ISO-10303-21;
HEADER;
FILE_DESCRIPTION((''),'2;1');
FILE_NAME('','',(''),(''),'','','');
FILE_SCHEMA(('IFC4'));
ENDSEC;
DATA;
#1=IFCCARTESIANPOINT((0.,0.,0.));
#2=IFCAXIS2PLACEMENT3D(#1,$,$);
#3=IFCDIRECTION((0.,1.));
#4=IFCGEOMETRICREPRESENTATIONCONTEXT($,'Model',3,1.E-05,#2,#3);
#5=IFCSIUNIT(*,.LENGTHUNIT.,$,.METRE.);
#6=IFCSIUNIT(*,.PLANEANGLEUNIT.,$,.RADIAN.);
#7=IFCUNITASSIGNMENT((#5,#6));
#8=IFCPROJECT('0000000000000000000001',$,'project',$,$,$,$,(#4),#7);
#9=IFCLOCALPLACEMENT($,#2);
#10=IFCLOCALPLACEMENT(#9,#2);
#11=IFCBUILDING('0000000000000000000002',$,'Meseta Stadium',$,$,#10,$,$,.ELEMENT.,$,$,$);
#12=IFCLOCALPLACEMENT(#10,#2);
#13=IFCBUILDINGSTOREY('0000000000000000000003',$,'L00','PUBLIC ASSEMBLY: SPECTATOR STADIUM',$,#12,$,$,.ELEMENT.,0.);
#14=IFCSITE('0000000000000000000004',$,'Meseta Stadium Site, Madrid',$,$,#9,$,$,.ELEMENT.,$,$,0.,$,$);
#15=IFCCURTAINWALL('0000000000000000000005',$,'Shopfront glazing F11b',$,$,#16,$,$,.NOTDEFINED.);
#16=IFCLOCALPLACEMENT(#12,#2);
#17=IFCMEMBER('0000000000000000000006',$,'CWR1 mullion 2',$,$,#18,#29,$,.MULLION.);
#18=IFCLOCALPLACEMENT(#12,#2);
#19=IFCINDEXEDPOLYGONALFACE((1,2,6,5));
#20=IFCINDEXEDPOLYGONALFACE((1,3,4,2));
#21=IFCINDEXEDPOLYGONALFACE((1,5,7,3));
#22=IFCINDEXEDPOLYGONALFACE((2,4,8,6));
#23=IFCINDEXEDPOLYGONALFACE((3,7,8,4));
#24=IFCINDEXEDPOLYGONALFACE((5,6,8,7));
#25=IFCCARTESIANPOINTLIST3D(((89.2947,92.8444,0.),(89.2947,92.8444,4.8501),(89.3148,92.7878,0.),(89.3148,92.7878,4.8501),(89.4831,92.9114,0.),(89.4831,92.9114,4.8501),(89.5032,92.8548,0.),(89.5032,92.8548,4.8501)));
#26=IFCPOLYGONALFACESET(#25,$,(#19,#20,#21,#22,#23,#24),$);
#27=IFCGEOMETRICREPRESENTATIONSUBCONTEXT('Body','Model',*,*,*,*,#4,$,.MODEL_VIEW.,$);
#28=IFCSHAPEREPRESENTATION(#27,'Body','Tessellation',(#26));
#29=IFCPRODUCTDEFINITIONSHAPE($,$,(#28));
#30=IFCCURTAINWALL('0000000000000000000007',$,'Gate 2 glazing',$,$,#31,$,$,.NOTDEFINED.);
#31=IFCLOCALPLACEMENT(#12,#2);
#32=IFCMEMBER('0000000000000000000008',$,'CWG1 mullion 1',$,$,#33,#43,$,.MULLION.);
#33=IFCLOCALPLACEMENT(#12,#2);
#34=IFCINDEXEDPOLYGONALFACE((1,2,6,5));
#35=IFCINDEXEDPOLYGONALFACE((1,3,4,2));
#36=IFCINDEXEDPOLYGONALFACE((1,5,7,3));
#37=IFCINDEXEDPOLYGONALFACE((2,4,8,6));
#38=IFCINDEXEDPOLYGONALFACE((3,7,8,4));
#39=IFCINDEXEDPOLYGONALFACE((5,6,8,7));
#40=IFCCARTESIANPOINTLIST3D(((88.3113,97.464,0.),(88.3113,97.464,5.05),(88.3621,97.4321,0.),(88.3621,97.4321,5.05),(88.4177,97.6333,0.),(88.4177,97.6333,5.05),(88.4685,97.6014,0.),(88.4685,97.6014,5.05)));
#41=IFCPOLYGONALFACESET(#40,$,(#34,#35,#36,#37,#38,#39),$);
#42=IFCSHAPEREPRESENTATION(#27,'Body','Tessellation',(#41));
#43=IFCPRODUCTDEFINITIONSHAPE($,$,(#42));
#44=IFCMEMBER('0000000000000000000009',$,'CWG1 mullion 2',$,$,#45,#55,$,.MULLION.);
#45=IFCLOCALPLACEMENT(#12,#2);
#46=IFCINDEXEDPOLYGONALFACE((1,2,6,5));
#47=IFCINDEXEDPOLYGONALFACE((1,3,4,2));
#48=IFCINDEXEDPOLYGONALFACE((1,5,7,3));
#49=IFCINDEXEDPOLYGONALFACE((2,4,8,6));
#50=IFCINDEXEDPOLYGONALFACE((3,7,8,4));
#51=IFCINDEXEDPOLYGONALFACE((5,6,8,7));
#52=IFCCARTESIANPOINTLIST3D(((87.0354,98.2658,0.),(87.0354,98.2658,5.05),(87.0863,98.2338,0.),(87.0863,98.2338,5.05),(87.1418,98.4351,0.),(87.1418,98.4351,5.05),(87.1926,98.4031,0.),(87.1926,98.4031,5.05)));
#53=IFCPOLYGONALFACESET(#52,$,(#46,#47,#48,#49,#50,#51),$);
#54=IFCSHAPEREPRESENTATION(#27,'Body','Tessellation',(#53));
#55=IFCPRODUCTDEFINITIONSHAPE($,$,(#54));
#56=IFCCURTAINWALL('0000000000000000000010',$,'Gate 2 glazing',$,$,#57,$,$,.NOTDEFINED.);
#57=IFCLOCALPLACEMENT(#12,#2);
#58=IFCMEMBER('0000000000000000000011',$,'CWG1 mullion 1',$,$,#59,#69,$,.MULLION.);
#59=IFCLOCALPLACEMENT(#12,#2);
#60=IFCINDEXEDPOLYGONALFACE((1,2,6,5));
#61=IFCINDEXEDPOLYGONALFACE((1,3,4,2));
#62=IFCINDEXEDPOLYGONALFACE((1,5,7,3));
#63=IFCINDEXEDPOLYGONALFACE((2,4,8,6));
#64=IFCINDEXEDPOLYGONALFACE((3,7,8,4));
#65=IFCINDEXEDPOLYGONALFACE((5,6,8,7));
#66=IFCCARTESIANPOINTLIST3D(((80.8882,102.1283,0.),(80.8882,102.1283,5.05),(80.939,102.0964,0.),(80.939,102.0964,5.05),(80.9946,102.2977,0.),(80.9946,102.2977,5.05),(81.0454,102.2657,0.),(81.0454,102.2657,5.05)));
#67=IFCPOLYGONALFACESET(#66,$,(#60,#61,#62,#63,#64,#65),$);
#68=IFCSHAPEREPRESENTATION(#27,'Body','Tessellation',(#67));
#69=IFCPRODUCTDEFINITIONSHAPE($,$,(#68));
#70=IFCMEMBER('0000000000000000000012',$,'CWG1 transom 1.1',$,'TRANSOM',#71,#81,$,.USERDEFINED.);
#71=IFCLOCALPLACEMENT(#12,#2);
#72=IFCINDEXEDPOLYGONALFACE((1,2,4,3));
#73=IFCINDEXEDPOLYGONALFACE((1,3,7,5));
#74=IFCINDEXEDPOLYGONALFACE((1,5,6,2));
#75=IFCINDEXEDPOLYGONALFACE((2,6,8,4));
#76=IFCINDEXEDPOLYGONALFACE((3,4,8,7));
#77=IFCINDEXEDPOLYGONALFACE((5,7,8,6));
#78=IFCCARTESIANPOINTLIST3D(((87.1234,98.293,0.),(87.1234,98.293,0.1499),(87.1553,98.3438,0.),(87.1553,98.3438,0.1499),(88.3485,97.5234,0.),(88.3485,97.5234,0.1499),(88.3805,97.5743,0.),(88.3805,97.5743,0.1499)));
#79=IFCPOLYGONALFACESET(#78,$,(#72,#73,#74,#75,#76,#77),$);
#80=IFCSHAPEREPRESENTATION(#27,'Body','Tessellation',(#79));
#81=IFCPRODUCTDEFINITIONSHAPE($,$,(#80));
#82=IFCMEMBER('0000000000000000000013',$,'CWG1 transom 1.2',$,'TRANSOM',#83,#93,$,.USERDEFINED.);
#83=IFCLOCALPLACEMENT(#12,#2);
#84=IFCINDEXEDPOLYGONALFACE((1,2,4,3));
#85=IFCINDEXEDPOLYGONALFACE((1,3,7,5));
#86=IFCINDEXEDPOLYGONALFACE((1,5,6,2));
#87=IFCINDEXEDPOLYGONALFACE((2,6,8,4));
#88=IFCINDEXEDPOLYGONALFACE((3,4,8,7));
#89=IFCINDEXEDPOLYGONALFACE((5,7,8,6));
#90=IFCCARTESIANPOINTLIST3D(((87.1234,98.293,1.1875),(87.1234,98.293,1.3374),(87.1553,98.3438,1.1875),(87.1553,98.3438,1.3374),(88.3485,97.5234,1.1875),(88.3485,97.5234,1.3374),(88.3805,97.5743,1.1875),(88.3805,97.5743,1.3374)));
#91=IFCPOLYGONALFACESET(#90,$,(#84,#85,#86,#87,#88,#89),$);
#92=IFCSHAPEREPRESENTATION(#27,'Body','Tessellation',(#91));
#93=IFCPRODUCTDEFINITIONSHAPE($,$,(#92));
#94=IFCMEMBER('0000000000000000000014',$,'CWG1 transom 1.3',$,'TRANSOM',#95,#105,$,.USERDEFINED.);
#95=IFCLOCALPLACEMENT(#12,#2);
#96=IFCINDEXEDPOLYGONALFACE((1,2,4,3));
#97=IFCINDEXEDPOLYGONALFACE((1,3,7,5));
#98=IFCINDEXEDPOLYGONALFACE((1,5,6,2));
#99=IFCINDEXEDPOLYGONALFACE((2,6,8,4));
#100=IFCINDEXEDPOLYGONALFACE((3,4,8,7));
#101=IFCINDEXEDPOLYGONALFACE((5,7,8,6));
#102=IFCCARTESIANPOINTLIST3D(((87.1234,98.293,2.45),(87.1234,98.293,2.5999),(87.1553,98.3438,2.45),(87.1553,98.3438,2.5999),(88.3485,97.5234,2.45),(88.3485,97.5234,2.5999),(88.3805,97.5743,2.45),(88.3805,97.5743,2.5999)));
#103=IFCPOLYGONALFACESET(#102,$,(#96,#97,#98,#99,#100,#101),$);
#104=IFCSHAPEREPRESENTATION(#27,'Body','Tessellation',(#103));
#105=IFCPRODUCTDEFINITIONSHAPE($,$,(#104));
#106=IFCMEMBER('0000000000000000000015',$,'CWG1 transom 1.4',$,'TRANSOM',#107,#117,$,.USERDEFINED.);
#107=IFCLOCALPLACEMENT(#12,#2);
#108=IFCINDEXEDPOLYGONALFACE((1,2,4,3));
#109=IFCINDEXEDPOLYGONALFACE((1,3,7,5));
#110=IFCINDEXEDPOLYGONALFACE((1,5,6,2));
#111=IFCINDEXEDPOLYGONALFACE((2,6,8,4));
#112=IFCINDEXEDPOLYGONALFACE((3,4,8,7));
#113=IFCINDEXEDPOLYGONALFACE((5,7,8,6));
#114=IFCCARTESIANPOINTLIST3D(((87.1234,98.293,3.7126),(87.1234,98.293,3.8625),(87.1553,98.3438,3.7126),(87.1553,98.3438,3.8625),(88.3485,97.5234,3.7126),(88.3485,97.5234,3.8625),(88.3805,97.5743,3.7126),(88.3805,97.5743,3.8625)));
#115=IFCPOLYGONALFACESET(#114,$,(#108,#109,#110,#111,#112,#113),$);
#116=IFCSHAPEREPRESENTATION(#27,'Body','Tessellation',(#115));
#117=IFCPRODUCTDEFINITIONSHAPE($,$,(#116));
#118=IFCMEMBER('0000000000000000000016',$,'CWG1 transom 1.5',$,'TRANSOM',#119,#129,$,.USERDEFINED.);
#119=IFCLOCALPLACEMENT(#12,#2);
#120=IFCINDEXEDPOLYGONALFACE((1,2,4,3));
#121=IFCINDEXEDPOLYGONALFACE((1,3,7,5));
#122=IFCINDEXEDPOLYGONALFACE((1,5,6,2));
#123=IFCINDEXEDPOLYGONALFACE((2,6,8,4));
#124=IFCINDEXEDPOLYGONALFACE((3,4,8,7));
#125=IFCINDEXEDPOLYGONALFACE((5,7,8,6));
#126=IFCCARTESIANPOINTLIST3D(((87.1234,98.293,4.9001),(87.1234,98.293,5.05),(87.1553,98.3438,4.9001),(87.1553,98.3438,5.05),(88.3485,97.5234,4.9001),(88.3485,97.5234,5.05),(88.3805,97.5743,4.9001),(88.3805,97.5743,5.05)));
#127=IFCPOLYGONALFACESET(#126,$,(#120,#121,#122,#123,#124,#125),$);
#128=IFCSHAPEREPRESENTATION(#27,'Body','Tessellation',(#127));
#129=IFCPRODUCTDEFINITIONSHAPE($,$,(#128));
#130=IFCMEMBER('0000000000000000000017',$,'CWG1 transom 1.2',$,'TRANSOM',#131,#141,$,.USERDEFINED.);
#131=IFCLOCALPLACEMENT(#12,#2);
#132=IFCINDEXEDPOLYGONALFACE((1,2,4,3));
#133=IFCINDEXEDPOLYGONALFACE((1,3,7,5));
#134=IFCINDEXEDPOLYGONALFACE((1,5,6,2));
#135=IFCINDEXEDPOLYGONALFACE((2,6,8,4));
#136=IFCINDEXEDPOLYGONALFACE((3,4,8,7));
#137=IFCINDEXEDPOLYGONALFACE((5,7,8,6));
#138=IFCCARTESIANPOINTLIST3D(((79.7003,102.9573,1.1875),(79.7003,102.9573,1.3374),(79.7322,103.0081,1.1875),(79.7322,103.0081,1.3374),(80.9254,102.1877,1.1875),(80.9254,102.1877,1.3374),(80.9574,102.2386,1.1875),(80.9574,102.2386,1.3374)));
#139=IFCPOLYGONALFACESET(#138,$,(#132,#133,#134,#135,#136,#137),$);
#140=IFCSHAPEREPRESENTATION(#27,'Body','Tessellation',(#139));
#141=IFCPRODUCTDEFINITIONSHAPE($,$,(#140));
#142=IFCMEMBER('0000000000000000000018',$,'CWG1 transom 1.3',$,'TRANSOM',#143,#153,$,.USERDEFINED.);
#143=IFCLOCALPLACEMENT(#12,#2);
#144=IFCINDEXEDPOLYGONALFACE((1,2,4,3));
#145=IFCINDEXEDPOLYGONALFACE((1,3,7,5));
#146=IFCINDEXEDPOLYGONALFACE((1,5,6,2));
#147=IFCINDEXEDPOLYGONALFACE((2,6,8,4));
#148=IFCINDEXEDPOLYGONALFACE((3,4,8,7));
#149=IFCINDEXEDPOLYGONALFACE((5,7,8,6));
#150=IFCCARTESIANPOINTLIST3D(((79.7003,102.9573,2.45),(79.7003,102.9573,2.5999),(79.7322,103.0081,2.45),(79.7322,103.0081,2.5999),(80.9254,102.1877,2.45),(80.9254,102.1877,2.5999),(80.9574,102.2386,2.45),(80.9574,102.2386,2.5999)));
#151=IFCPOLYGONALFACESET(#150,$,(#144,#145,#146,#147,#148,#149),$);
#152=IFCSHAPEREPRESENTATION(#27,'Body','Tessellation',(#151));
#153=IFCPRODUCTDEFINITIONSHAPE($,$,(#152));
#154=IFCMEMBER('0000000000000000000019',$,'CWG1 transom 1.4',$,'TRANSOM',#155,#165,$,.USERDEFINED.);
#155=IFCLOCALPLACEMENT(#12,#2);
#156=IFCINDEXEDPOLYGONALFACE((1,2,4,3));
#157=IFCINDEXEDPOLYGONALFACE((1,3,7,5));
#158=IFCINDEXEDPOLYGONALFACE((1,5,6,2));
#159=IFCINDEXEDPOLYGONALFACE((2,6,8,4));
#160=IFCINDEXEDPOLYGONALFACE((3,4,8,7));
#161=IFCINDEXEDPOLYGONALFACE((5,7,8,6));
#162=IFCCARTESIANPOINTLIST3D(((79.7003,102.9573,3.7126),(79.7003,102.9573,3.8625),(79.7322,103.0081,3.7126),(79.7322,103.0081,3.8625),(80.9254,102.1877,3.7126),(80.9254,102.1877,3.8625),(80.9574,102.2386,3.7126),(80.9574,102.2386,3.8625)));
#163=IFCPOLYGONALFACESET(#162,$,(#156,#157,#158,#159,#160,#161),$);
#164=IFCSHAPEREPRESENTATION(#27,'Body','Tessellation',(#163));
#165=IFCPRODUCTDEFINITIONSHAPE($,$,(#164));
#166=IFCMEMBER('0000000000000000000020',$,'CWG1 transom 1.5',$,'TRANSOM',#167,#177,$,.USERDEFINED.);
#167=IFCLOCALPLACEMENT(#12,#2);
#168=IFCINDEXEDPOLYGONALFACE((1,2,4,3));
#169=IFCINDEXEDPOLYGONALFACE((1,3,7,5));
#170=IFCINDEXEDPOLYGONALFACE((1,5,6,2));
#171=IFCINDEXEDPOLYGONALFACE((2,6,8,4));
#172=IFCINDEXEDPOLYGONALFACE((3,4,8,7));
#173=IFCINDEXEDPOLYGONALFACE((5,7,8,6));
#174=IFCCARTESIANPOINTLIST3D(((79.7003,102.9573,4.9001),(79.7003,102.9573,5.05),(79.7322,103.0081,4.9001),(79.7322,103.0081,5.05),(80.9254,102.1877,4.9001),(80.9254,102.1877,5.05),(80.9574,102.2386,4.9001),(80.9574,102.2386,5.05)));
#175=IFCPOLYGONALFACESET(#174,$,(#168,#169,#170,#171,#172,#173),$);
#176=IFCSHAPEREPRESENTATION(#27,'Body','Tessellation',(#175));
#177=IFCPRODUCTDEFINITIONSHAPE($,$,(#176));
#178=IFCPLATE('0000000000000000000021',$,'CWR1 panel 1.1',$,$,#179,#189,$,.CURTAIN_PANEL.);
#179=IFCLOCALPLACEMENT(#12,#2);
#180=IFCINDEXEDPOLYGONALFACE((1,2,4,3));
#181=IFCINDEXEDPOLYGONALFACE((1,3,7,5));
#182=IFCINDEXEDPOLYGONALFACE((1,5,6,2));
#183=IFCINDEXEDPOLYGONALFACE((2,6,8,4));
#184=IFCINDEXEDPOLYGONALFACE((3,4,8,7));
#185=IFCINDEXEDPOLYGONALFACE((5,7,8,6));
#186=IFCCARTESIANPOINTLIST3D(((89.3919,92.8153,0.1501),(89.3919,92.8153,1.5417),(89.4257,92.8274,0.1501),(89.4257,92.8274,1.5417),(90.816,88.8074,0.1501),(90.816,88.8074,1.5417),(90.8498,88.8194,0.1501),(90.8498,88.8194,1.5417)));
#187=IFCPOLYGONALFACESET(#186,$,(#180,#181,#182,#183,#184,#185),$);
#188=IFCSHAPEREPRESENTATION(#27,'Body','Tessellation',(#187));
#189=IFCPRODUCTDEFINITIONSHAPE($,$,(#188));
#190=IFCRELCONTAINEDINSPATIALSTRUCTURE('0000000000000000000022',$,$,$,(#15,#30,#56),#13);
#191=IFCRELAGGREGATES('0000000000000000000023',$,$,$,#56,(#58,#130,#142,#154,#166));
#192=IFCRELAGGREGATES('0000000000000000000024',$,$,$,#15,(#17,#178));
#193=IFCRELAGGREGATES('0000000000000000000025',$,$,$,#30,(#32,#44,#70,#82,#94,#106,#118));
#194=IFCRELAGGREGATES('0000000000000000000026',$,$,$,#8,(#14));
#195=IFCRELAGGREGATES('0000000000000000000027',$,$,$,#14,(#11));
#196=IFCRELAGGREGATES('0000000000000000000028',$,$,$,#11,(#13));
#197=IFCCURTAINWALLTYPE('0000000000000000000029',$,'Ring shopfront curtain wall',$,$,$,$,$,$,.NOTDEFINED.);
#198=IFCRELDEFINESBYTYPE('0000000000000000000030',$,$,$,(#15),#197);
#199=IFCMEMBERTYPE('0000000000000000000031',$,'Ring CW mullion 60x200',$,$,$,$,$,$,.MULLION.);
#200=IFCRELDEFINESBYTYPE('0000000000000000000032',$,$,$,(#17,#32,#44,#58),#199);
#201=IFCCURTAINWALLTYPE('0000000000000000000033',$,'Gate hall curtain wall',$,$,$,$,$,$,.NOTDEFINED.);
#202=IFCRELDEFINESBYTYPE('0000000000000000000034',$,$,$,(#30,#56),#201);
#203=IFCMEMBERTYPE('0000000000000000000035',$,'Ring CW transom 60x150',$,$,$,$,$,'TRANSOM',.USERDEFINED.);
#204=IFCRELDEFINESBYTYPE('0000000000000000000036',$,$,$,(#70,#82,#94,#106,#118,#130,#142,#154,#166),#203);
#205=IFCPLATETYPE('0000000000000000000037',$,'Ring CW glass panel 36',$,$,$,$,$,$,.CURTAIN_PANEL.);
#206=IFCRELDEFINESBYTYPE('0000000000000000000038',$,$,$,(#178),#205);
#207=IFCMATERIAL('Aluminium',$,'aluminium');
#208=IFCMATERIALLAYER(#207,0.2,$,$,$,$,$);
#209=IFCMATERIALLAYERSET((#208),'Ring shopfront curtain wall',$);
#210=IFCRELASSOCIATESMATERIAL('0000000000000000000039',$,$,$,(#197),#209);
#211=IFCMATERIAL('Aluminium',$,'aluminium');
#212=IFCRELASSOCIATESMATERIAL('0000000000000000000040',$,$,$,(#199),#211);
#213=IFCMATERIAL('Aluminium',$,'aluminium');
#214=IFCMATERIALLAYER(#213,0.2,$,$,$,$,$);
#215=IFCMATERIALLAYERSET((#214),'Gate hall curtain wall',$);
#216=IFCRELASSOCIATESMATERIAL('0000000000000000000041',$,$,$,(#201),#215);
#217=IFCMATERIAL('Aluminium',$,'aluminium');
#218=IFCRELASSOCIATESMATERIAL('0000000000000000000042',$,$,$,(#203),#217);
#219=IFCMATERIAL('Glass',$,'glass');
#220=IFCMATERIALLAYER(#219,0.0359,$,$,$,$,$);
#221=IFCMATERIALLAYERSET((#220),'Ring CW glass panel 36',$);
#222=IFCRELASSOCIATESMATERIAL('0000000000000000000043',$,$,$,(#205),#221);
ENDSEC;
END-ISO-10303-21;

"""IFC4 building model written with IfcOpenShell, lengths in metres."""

from ifc_helpers import new_model, si_unit, direction, frame, origin, origin_2d, place, context, subcontext, project, spatial, rectangle, extrude, material, layer, layer_set, material_profile, profile_set, type_object, element, aggregate, save


model = new_model("IFC4")

# Units and contexts
model_context = context("Model", 3, precision=1e-05, world=origin(), true_north=direction((0.0, 1.0)))
body_context = subcontext(model_context, "Body", "Model", "MODEL_VIEW")
ifc_project = project(units=[si_unit("LENGTHUNIT", "METRE"), si_unit("PLANEANGLEUNIT", "RADIAN")], contexts=[model_context])

# Site, building, storey
site_placement = place(None, origin())
site = spatial("IfcSite", under=ifc_project, at=site_placement, Name="Meseta Stadium Site, Madrid", CompositionType="ELEMENT", RefElevation=0.0)
building_placement = place(site_placement, origin())
building = spatial("IfcBuilding", under=site, at=building_placement, Name="Meseta Stadium", CompositionType="ELEMENT")
storey_placement = place(building_placement, origin())
storey = spatial("IfcBuildingStorey", under=building, at=storey_placement, Name="L00", Description="PUBLIC ASSEMBLY: SPECTATOR STADIUM", CompositionType="ELEMENT", Elevation=0.0)

# Curtain wall, member
ifc_material_1 = material(Name="Aluminium", Category="aluminium")
ifc_layer_1 = layer(ifc_material_1, 0.2)
ifc_layer_set_1 = layer_set([ifc_layer_1], Name="Ring shopfront curtain wall")
curtain_wall_type_1 = type_object("IfcCurtainWallType", Name="Ring shopfront curtain wall", PredefinedType="NOTDEFINED", material=ifc_layer_set_1)
curtain_wall_1_placement = place(storey_placement, origin())
curtain_wall_1 = element("IfcCurtainWall", 1, at=curtain_wall_1_placement, inside=storey, type_object=curtain_wall_type_1, Name="Shopfront glazing F11b", PredefinedType="NOTDEFINED")
ifc_material_2 = material(Name="Aluminium", Category="aluminium")
ifc_material_profile_1 = material_profile(ifc_material_2, rectangle(XDim=0.2, YDim=0.0601, at=origin_2d()), Name="CW 200x60")
ifc_profile_set_1 = profile_set([ifc_material_profile_1], Name="Aluminium")
member_type_1 = type_object("IfcMemberType", Name="Ring CW mullion 60x200", PredefinedType="MULLION", material=ifc_profile_set_1)
member_1_placement = place(storey_placement, frame((89.3989, 92.8496, 0.0), z_axis=(0.0, 0.0, 1.0), x_axis=(-0.942283, -0.334818, 0.0)))
member_1 = element("IfcMember", 2, at=member_1_placement, type_object=member_type_1, Name="CWR1 mullion 2", PredefinedType="MULLION", context=body_context, shape_type="SweptSolid", body=[
    extrude(rectangle(XDim=0.2, YDim=0.0601, at=origin_2d()), origin(), (0.0, 0.0, 1.0), 4.8501),
])

# Curtain wall, members
ifc_material_3 = material(Name="Aluminium", Category="aluminium")
ifc_layer_2 = layer(ifc_material_3, 0.2)
ifc_layer_set_2 = layer_set([ifc_layer_2], Name="Gate hall curtain wall")
curtain_wall_type_2 = type_object("IfcCurtainWallType", Name="Gate hall curtain wall", PredefinedType="NOTDEFINED", material=ifc_layer_set_2)
curtain_wall_2_placement = place(storey_placement, origin())
curtain_wall_2 = element("IfcCurtainWall", 3, at=curtain_wall_2_placement, inside=storey, type_object=curtain_wall_type_2, Name="Gate 2 glazing", PredefinedType="NOTDEFINED")
member_2_placement = place(storey_placement, frame((88.3899, 97.5327, 0.0), z_axis=(0.0, 0.0, 1.0), x_axis=(-0.532023, -0.84673, 0.0)))
member_2 = element("IfcMember", 4, at=member_2_placement, type_object=member_type_1, Name="CWG1 mullion 1", PredefinedType="MULLION", context=body_context, shape_type="SweptSolid", body=[
    extrude(rectangle(XDim=0.2, YDim=0.0601, at=origin_2d()), origin(), (0.0, 0.0, 1.0), 5.05),
])
member_3_placement = place(storey_placement, frame((87.114, 98.3345, 0.0), z_axis=(0.0, 0.0, 1.0), x_axis=(-0.532023, -0.84673, 0.0)))
member_3 = element("IfcMember", 5, at=member_3_placement, type_object=member_type_1, Name="CWG1 mullion 2", PredefinedType="MULLION", context=body_context, shape_type="SweptSolid", body=[
    extrude(rectangle(XDim=0.2, YDim=0.0601, at=origin_2d()), origin(), (0.0, 0.0, 1.0), 5.05),
])

# Curtain wall, member
curtain_wall_3_placement = place(storey_placement, origin())
curtain_wall_3 = element("IfcCurtainWall", 6, at=curtain_wall_3_placement, inside=storey, type_object=curtain_wall_type_2, Name="Gate 2 glazing", PredefinedType="NOTDEFINED")
member_4_placement = place(storey_placement, frame((80.9668, 102.197, 0.0), z_axis=(0.0, 0.0, 1.0), x_axis=(-0.532023, -0.84673, 0.0)))
member_4 = element("IfcMember", 7, at=member_4_placement, type_object=member_type_1, Name="CWG1 mullion 1", PredefinedType="MULLION", context=body_context, shape_type="SweptSolid", body=[
    extrude(rectangle(XDim=0.2, YDim=0.0601, at=origin_2d()), origin(), (0.0, 0.0, 1.0), 5.05),
])

# Members
ifc_material_4 = material(Name="Aluminium", Category="aluminium")
ifc_material_profile_2 = material_profile(ifc_material_4, rectangle(XDim=0.0601, YDim=0.1499, at=origin_2d()), Name="CW 60x150")
ifc_profile_set_2 = profile_set([ifc_material_profile_2], Name="Aluminium")
member_type_2 = type_object("IfcMemberType", Name="Ring CW transom 60x150", ElementType="TRANSOM", PredefinedType="USERDEFINED", material=ifc_profile_set_2)
member_5_placement = place(storey_placement, frame((88.3645, 97.5488, 0.075), z_axis=(-0.846802, 0.531909, 0.0), x_axis=(-0.531909, -0.846802, 0.0)))
member_5 = element("IfcMember", 8, at=member_5_placement, type_object=member_type_2, Name="CWG1 transom 1.1", ObjectType="TRANSOM", PredefinedType="USERDEFINED", context=body_context, shape_type="SweptSolid", body=[
    extrude(rectangle(XDim=0.0601, YDim=0.1499, at=origin_2d()), origin(), (0.0, 0.0, 1.0), 1.4468),
])
member_6_placement = place(storey_placement, frame((88.3645, 97.5488, 1.2625), z_axis=(-0.846802, 0.531909, 0.0), x_axis=(-0.531909, -0.846802, 0.0)))
member_6 = element("IfcMember", 9, at=member_6_placement, type_object=member_type_2, Name="CWG1 transom 1.2", ObjectType="TRANSOM", PredefinedType="USERDEFINED", context=body_context, shape_type="SweptSolid", body=[
    extrude(rectangle(XDim=0.0601, YDim=0.1499, at=origin_2d()), origin(), (0.0, 0.0, 1.0), 1.4468),
])
member_7_placement = place(storey_placement, frame((88.3645, 97.5488, 2.5249), z_axis=(-0.846802, 0.531909, 0.0), x_axis=(-0.531909, -0.846802, 0.0)))
member_7 = element("IfcMember", 10, at=member_7_placement, type_object=member_type_2, Name="CWG1 transom 1.3", ObjectType="TRANSOM", PredefinedType="USERDEFINED", context=body_context, shape_type="SweptSolid", body=[
    extrude(rectangle(XDim=0.0601, YDim=0.1499, at=origin_2d()), origin(), (0.0, 0.0, 1.0), 1.4468),
])
member_8_placement = place(storey_placement, frame((88.3645, 97.5488, 3.7876), z_axis=(-0.846802, 0.531909, 0.0), x_axis=(-0.531909, -0.846802, 0.0)))
member_8 = element("IfcMember", 11, at=member_8_placement, type_object=member_type_2, Name="CWG1 transom 1.4", ObjectType="TRANSOM", PredefinedType="USERDEFINED", context=body_context, shape_type="SweptSolid", body=[
    extrude(rectangle(XDim=0.0601, YDim=0.1499, at=origin_2d()), origin(), (0.0, 0.0, 1.0), 1.4468),
])
member_9_placement = place(storey_placement, frame((88.3645, 97.5488, 4.9751), z_axis=(-0.846802, 0.531909, 0.0), x_axis=(-0.531909, -0.846802, 0.0)))
member_9 = element("IfcMember", 12, at=member_9_placement, type_object=member_type_2, Name="CWG1 transom 1.5", ObjectType="TRANSOM", PredefinedType="USERDEFINED", context=body_context, shape_type="SweptSolid", body=[
    extrude(rectangle(XDim=0.0601, YDim=0.1499, at=origin_2d()), origin(), (0.0, 0.0, 1.0), 1.4468),
])
member_10_placement = place(storey_placement, frame((80.9414, 102.2131, 1.2625), z_axis=(-0.846802, 0.531909, 0.0), x_axis=(-0.531909, -0.846802, 0.0)))
member_10 = element("IfcMember", 13, at=member_10_placement, type_object=member_type_2, Name="CWG1 transom 1.2", ObjectType="TRANSOM", PredefinedType="USERDEFINED", context=body_context, shape_type="SweptSolid", body=[
    extrude(rectangle(XDim=0.0601, YDim=0.1499, at=origin_2d()), origin(), (0.0, 0.0, 1.0), 1.4468),
])
member_11_placement = place(storey_placement, frame((80.9414, 102.2131, 2.5249), z_axis=(-0.846802, 0.531909, 0.0), x_axis=(-0.531909, -0.846802, 0.0)))
member_11 = element("IfcMember", 14, at=member_11_placement, type_object=member_type_2, Name="CWG1 transom 1.3", ObjectType="TRANSOM", PredefinedType="USERDEFINED", context=body_context, shape_type="SweptSolid", body=[
    extrude(rectangle(XDim=0.0601, YDim=0.1499, at=origin_2d()), origin(), (0.0, 0.0, 1.0), 1.4468),
])
member_12_placement = place(storey_placement, frame((80.9414, 102.2131, 3.7876), z_axis=(-0.846802, 0.531909, 0.0), x_axis=(-0.531909, -0.846802, 0.0)))
member_12 = element("IfcMember", 15, at=member_12_placement, type_object=member_type_2, Name="CWG1 transom 1.4", ObjectType="TRANSOM", PredefinedType="USERDEFINED", context=body_context, shape_type="SweptSolid", body=[
    extrude(rectangle(XDim=0.0601, YDim=0.1499, at=origin_2d()), origin(), (0.0, 0.0, 1.0), 1.4468),
])
member_13_placement = place(storey_placement, frame((80.9414, 102.2131, 4.9751), z_axis=(-0.846802, 0.531909, 0.0), x_axis=(-0.531909, -0.846802, 0.0)))
member_13 = element("IfcMember", 16, at=member_13_placement, type_object=member_type_2, Name="CWG1 transom 1.5", ObjectType="TRANSOM", PredefinedType="USERDEFINED", context=body_context, shape_type="SweptSolid", body=[
    extrude(rectangle(XDim=0.0601, YDim=0.1499, at=origin_2d()), origin(), (0.0, 0.0, 1.0), 1.4468),
])
aggregate(curtain_wall_3, [member_4, member_10, member_11, member_12, member_13])

# Plate
ifc_material_5 = material(Name="Glass", Category="glass")
ifc_layer_3 = layer(ifc_material_5, 0.0359)
ifc_layer_set_3 = layer_set([ifc_layer_3], Name="Ring CW glass panel 36")
plate_type = type_object("IfcPlateType", Name="Ring CW glass panel 36", PredefinedType="CURTAIN_PANEL", material=ifc_layer_set_3)
plate_1_placement = place(storey_placement, frame((90.1208, 90.8174, 0.1501), z_axis=(0.0, 0.0, 1.0), x_axis=(-0.334818, 0.942283, 0.0)))
plate_1 = element("IfcPlate", 17, at=plate_1_placement, type_object=plate_type, Name="CWR1 panel 1.1", PredefinedType="CURTAIN_PANEL", context=body_context, shape_type="SweptSolid", body=[
    extrude(rectangle(XDim=4.2534, YDim=0.0359, at=origin_2d()), origin(), (0.0, 0.0, 1.0), 1.3916),
])
aggregate(curtain_wall_1, [member_1, plate_1])
aggregate(curtain_wall_2, [member_2, member_3, member_5, member_6, member_7, member_8, member_9])

save(model, "model.ifc")
